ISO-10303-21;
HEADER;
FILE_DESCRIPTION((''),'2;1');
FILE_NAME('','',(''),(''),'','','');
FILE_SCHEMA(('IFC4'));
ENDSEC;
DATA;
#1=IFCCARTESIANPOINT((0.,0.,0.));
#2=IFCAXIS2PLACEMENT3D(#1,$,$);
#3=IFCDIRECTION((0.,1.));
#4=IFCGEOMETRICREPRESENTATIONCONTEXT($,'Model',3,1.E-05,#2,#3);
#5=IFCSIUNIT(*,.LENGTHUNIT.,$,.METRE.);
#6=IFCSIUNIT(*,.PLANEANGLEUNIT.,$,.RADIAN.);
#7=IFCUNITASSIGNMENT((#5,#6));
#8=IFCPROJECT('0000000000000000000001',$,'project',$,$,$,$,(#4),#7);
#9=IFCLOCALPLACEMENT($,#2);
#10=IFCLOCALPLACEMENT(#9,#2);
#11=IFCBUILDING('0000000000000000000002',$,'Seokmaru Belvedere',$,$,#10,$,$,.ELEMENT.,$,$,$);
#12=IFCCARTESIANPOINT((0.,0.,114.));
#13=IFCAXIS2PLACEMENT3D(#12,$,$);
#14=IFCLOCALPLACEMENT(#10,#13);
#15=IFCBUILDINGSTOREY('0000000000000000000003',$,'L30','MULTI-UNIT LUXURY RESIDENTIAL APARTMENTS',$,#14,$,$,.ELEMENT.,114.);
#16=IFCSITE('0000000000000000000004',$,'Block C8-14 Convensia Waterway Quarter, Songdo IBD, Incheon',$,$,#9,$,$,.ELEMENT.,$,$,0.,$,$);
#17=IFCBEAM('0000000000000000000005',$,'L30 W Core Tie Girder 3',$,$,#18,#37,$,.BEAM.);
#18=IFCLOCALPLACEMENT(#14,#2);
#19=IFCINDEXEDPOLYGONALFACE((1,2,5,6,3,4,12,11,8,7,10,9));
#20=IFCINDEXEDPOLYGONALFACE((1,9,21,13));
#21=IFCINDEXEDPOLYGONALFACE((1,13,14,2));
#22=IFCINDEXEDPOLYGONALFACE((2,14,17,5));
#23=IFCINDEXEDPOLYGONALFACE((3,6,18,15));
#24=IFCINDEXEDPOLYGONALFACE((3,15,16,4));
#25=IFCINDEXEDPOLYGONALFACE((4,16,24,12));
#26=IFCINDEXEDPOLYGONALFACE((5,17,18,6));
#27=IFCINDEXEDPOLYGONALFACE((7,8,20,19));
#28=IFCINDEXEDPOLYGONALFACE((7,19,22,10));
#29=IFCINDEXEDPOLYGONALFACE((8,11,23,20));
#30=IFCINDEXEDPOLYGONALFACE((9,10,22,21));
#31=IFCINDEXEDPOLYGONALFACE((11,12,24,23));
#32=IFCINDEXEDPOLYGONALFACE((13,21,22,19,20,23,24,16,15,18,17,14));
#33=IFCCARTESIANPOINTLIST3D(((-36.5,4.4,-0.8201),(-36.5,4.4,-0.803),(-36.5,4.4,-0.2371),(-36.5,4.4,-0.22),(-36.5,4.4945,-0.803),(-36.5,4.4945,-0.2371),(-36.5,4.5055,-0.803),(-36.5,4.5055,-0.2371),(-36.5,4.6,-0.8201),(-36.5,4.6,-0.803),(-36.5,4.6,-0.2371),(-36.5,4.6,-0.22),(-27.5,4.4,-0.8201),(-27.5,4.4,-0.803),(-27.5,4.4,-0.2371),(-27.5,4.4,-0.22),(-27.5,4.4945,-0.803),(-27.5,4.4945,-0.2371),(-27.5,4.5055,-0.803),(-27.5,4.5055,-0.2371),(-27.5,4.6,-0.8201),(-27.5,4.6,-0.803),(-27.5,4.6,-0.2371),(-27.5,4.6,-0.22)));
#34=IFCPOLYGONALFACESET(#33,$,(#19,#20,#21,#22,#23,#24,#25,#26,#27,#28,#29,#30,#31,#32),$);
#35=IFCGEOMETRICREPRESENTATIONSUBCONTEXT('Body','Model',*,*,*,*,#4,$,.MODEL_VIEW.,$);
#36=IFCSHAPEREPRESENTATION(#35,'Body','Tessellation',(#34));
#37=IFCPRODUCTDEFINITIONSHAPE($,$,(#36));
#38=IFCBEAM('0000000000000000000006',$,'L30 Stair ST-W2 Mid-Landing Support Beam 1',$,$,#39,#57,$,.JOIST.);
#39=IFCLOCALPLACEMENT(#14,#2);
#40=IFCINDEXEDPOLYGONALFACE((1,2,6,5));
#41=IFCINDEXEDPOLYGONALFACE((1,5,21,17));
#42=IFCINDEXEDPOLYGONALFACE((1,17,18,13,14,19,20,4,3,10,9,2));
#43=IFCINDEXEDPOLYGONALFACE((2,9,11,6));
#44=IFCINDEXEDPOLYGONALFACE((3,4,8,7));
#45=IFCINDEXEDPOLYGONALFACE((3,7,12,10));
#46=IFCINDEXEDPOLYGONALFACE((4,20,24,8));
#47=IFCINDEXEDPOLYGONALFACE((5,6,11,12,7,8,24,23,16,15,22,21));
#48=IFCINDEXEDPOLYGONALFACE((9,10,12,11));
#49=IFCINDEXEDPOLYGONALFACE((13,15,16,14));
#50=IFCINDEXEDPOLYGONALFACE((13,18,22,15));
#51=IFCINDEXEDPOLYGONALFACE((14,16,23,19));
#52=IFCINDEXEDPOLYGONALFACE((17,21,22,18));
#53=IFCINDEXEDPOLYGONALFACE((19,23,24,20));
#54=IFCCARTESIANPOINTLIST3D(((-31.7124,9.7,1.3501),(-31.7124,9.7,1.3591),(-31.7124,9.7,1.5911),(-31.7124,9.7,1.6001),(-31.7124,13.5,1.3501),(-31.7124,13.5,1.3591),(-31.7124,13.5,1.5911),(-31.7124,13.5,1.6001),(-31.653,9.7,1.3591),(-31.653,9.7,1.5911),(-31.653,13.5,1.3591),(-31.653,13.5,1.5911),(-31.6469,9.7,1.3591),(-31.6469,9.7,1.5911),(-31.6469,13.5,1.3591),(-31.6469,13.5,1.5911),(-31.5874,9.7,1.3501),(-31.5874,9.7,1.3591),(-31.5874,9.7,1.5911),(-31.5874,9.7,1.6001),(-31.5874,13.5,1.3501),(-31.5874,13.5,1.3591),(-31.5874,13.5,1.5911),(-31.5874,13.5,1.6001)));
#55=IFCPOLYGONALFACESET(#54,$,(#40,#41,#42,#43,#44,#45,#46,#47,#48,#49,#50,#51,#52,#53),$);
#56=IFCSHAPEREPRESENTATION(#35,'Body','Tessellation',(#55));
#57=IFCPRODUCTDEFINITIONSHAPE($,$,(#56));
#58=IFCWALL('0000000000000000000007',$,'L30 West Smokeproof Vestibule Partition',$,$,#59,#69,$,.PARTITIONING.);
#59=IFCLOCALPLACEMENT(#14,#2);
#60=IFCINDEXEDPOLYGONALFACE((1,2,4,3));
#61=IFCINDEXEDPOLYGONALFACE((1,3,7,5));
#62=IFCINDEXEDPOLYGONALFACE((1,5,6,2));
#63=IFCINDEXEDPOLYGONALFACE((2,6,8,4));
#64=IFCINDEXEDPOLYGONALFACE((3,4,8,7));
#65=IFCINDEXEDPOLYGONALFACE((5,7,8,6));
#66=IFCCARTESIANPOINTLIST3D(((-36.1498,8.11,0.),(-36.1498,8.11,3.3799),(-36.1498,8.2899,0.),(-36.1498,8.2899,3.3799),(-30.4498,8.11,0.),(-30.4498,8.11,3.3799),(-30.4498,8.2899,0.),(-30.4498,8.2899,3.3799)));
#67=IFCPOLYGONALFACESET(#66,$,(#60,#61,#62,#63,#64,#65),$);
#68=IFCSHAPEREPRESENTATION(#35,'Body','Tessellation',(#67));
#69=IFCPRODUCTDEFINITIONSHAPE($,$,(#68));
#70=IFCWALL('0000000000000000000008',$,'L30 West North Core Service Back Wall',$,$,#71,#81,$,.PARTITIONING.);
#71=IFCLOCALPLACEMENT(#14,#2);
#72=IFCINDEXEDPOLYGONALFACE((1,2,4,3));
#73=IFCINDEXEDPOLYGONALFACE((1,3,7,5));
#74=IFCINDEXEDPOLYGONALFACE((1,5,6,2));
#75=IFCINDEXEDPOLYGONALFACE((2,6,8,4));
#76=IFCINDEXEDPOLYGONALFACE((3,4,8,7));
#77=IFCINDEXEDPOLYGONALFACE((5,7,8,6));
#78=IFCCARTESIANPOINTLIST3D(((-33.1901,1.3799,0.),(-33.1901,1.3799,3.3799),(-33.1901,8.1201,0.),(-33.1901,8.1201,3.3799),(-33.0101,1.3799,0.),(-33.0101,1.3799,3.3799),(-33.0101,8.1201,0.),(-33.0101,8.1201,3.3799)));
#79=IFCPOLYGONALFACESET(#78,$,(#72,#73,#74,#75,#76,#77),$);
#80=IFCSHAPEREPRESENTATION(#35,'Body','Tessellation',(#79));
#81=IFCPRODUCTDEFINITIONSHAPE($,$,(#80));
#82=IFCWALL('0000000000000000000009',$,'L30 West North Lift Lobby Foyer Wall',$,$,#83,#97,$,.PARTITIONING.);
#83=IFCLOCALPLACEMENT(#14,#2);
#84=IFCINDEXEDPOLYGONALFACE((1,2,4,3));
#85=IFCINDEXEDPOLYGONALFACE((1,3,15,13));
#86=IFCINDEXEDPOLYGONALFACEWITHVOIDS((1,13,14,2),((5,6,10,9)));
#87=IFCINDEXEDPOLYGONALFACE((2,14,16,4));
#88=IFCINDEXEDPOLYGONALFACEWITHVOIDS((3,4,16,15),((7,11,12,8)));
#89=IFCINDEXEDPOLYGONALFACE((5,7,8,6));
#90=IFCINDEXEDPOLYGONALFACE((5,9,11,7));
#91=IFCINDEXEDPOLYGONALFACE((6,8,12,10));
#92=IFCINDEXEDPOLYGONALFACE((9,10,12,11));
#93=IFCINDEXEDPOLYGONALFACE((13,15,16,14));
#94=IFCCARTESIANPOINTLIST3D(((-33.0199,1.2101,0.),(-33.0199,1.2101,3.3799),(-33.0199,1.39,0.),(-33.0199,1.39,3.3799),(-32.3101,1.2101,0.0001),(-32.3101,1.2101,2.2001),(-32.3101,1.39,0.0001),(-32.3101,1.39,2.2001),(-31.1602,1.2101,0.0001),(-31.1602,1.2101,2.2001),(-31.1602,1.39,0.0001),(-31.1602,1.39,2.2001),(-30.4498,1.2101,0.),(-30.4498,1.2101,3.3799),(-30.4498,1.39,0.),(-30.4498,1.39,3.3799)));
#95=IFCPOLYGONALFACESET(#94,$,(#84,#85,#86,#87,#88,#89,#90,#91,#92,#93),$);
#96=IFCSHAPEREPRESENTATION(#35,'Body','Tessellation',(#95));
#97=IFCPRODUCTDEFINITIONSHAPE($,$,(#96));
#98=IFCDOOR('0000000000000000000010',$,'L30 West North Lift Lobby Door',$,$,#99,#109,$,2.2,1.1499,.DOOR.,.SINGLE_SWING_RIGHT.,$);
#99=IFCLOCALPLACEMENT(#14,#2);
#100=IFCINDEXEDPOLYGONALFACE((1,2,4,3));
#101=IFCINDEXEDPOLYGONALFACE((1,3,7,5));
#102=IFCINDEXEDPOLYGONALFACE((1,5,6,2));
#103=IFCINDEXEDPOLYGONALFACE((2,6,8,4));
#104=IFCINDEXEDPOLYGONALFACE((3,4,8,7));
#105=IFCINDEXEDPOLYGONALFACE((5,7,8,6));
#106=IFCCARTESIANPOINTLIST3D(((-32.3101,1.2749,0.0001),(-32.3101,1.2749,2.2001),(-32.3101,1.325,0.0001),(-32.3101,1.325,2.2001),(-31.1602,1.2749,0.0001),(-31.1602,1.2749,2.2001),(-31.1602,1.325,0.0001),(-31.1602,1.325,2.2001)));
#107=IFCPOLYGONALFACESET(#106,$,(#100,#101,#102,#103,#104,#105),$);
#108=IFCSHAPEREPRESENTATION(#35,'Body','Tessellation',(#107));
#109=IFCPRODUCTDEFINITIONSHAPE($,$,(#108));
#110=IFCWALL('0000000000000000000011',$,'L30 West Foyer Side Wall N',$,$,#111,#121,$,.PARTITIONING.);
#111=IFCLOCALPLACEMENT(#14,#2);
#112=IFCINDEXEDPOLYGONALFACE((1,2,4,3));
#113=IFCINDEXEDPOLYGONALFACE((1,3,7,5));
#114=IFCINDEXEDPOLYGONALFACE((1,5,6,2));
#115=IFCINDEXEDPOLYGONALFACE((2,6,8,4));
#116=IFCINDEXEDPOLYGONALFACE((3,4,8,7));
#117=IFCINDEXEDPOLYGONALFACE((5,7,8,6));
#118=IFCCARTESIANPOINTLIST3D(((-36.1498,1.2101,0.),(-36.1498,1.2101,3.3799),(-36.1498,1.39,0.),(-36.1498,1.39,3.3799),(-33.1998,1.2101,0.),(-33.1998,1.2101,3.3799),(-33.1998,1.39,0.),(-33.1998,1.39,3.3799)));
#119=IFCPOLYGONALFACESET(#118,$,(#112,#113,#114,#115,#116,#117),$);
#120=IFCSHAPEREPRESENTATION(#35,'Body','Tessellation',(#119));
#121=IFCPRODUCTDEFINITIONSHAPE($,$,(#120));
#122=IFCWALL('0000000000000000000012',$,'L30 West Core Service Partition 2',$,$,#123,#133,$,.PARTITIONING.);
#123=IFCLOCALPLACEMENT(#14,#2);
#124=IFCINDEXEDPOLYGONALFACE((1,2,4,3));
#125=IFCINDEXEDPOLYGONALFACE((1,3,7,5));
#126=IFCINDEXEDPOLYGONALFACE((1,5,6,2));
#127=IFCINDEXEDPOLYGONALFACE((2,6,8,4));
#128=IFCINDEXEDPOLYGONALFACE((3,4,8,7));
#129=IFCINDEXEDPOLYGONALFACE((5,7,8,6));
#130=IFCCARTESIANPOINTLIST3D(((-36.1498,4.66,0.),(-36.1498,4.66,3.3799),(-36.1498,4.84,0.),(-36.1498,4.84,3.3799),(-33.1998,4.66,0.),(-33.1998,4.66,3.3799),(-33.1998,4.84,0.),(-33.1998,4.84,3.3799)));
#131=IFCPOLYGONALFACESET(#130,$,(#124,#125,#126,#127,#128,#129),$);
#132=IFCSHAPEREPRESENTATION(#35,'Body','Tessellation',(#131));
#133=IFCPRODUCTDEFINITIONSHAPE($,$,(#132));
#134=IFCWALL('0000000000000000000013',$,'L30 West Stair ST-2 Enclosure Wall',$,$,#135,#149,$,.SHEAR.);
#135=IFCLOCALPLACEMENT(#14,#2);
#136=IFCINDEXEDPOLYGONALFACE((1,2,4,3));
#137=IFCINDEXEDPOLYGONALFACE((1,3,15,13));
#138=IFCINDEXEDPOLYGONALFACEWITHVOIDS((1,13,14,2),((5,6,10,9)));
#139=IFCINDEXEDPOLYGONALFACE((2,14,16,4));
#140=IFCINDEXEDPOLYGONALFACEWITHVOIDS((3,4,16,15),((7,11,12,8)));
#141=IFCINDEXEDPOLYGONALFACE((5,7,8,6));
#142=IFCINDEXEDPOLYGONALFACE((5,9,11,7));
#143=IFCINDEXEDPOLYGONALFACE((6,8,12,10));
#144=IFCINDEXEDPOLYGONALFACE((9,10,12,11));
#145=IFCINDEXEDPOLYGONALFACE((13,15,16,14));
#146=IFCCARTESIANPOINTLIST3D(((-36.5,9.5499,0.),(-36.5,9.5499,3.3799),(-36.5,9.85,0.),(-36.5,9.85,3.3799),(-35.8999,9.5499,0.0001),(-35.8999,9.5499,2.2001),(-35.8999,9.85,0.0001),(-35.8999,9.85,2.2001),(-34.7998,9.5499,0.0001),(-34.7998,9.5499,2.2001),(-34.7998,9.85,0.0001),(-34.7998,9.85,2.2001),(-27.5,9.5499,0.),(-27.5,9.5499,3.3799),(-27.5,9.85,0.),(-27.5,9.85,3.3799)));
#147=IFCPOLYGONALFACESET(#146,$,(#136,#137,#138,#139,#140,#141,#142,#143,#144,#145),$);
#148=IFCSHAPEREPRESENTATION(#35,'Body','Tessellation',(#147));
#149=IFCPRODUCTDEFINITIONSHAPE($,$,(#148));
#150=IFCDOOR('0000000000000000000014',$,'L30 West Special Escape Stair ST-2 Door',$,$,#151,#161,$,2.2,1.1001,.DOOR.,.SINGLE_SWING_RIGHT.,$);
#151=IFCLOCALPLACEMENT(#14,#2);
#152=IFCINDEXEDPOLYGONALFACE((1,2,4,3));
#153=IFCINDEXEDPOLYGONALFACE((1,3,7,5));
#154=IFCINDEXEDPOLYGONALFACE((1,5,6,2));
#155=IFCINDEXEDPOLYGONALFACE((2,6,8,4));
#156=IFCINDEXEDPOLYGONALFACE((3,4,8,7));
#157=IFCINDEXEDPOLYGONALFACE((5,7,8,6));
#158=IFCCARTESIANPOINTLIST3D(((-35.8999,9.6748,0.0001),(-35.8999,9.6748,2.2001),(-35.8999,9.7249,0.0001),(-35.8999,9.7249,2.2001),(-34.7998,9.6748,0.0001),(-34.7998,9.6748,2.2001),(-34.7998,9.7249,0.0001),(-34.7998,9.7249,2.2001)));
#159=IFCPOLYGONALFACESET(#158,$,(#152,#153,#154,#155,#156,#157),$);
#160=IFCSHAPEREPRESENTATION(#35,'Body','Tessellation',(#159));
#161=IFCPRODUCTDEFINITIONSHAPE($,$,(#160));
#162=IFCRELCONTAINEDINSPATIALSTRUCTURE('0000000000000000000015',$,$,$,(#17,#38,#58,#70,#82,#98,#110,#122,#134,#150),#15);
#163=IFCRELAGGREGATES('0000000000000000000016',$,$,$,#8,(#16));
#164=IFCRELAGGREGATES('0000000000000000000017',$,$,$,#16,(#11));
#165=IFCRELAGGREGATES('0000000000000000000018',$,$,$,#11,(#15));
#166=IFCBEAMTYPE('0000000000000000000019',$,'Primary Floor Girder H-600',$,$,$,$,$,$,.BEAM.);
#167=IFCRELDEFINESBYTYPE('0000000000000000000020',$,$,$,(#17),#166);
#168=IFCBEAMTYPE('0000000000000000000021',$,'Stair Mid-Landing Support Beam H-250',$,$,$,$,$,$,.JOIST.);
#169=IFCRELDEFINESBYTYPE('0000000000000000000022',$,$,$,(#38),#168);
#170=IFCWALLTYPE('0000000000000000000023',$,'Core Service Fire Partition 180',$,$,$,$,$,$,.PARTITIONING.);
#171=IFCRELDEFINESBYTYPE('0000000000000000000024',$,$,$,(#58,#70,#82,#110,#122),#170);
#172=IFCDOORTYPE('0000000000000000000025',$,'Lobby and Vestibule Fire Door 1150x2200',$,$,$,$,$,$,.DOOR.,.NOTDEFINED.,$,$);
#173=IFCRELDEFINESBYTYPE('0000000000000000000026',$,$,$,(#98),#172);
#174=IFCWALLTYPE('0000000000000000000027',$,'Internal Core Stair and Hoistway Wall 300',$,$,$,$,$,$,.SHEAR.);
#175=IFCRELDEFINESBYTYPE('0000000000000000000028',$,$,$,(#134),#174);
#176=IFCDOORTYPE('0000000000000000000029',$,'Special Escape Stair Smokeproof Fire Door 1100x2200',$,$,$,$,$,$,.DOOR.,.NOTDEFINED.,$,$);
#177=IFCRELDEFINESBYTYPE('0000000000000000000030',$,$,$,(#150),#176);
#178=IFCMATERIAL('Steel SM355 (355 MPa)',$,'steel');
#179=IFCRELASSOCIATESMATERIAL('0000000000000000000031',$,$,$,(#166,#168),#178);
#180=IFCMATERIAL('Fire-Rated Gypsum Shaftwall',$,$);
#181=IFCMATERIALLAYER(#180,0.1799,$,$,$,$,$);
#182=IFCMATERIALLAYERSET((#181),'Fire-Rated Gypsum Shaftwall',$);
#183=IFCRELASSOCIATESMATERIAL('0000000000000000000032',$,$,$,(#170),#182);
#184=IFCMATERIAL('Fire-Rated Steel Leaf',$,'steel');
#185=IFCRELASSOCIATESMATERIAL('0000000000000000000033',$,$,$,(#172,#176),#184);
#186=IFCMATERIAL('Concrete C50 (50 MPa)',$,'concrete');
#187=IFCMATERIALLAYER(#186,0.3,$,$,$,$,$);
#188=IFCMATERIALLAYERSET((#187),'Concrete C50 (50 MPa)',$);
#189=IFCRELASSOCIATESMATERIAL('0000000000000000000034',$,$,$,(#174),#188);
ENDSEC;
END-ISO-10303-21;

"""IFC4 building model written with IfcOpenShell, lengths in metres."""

from ifc_helpers import new_model, si_unit, direction, frame, frame_2d, origin, origin_2d, place, context, subcontext, project, spatial, rectangle, i_section, extrude, source, transform, mapped, material, layer, layer_set, material_profile, profile_set, type_object, type_shapes, element, fill, save


model = new_model("IFC4")

# Units and contexts
model_context = context("Model", 3, precision=1e-05, world=origin(), true_north=direction((0.0, 1.0)))
body_context = subcontext(model_context, "Body", "Model", "MODEL_VIEW")
ifc_project = project(units=[si_unit("LENGTHUNIT", "METRE"), si_unit("PLANEANGLEUNIT", "RADIAN")], contexts=[model_context])

# Site, building, storey
site_placement = place(None, origin())
site = spatial("IfcSite", under=ifc_project, at=site_placement, Name="Block C8-14 Convensia Waterway Quarter, Songdo IBD, Incheon", CompositionType="ELEMENT", RefElevation=0.0)
building_placement = place(site_placement, origin())
building = spatial("IfcBuilding", under=site, at=building_placement, Name="Seokmaru Belvedere", CompositionType="ELEMENT")
storey_placement = place(building_placement, frame((0.0, 0.0, 114.0)))
storey = spatial("IfcBuildingStorey", under=building, at=storey_placement, Name="L30", Description="MULTI-UNIT LUXURY RESIDENTIAL APARTMENTS", CompositionType="ELEMENT", Elevation=114.0)

# Beams
ifc_material_1 = material(Name="Steel SM355 (355 MPa)", Category="steel")
ifc_material_profile_1 = material_profile(ifc_material_1, i_section(OverallWidth=0.2, OverallDepth=0.6001, WebThickness=0.011, FlangeThickness=0.0171, at=origin_2d()), Name="H-600x200x11x17")
ifc_profile_set_1 = profile_set([ifc_material_profile_1], Name="Steel SM355 (355 MPa)")
beam_type_1 = type_object("IfcBeamType", Name="Primary Floor Girder H-600", PredefinedType="BEAM", material=ifc_profile_set_1)
shared_shape_1 = source(origin(), body_context, "Body", "SweptSolid", [
    extrude(i_section(OverallWidth=0.2, OverallDepth=0.6001, WebThickness=0.011, FlangeThickness=0.0171, at=origin_2d()), origin(), (0.0, 0.0, 1.0), 9.0),
])
type_shapes(beam_type_1, [shared_shape_1])
beam_1_placement = place(storey_placement, frame((-36.5, 4.5, -0.52), z_axis=(1.0, 0.0, 0.0), x_axis=(0.0, 1.0, 0.0)))
element("IfcBeam", 1, at=beam_1_placement, inside=storey, type_object=beam_type_1, Name="L30 W Core Tie Girder 3", PredefinedType="BEAM", context=body_context, shape_type="MappedRepresentation", body=[
    mapped(shared_shape_1, transform((0.0, 0.0, 0.0), scale=1.0)),
])
ifc_material_profile_2 = material_profile(ifc_material_1, i_section(OverallWidth=0.125, OverallDepth=0.25, WebThickness=0.0061, FlangeThickness=0.009, at=origin_2d()), Name="H-250x125x6x9")
ifc_profile_set_2 = profile_set([ifc_material_profile_2], Name="Steel SM355 (355 MPa)")
beam_type_2 = type_object("IfcBeamType", Name="Stair Mid-Landing Support Beam H-250", PredefinedType="JOIST", material=ifc_profile_set_2)
shared_shape_2 = source(origin(), body_context, "Body", "SweptSolid", [
    extrude(i_section(OverallWidth=0.125, OverallDepth=0.25, WebThickness=0.0061, FlangeThickness=0.009, at=origin_2d()), origin(), (0.0, 0.0, 1.0), 3.8),
])
type_shapes(beam_type_2, [shared_shape_2])
beam_2_placement = place(storey_placement, frame((-31.6499, 9.7, 1.4751), z_axis=(0.0, 1.0, 0.0), x_axis=(-1.0, 0.0, 0.0)))
element("IfcBeam", 2, at=beam_2_placement, inside=storey, type_object=beam_type_2, Name="L30 Stair ST-W2 Mid-Landing Support Beam 1", PredefinedType="JOIST", context=body_context, shape_type="MappedRepresentation", body=[
    mapped(shared_shape_2, transform((0.0, 0.0, 0.0), scale=1.0)),
])

# Walls
ifc_material_2 = material(Name="Fire-Rated Gypsum Shaftwall")
ifc_layer_1 = layer(ifc_material_2, 0.1799)
ifc_layer_set_1 = layer_set([ifc_layer_1], Name="Fire-Rated Gypsum Shaftwall")
wall_type_1 = type_object("IfcWallType", Name="Core Service Fire Partition 180", PredefinedType="PARTITIONING", material=ifc_layer_set_1)
wall_1_placement = place(storey_placement, frame((-36.1499, 8.2, 0.0), z_axis=(0.0, 0.0, 1.0), x_axis=(1.0, 0.0, 0.0)))
element("IfcWall", 3, at=wall_1_placement, inside=storey, type_object=wall_type_1, Name="L30 West Smokeproof Vestibule Partition", PredefinedType="PARTITIONING", context=body_context, shape_type="SweptSolid", body=[
    extrude(rectangle(XDim=5.7, YDim=0.1799, at=frame_2d((2.8501, 0.0))), origin(), (0.0, 0.0, 1.0), 3.3799),
])
wall_2_placement = place(storey_placement, frame((-33.1001, 1.3799, 0.0), z_axis=(0.0, 0.0, 1.0), x_axis=(0.0, 1.0, 0.0)))
element("IfcWall", 4, at=wall_2_placement, inside=storey, type_object=wall_type_1, Name="L30 West North Core Service Back Wall", PredefinedType="PARTITIONING", context=body_context, shape_type="SweptSolid", body=[
    extrude(rectangle(XDim=6.7402, YDim=0.1799, at=frame_2d((3.3701, 0.0))), origin(), (0.0, 0.0, 1.0), 3.3799),
])

# Wall, opening, door
wall_3_placement = place(storey_placement, frame((-33.02, 1.3, 0.0), z_axis=(0.0, 0.0, 1.0), x_axis=(1.0, 0.0, 0.0)))
wall_3 = element("IfcWall", 5, at=wall_3_placement, inside=storey, type_object=wall_type_1, Name="L30 West North Lift Lobby Foyer Wall", PredefinedType="PARTITIONING", context=body_context, shape_type="SweptSolid", body=[
    extrude(rectangle(XDim=2.5701, YDim=0.1799, at=frame_2d((1.2852, 0.0))), origin(), (0.0, 0.0, 1.0), 3.3799),
])
opening_1_placement = place(wall_3_placement, frame((0.71, 0.0, 0.0)))
opening_1 = element("IfcOpeningElement", 6, at=opening_1_placement, cuts=wall_3, PredefinedType="OPENING", context=body_context, shape_type="SweptSolid", body=[
    extrude(rectangle(XDim=1.1499, YDim=2.2, at=frame_2d((0.575, 1.1001))), frame((0.0, 0.1001, 0.0), z_axis=(0.0, -1.0, 0.0), x_axis=(1.0, 0.0, 0.0)), (0.0, 0.0, 1.0), 0.2),
])
ifc_material_3 = material(Name="Fire-Rated Steel Leaf", Category="steel")
door_type_1 = type_object("IfcDoorType", Name="Lobby and Vestibule Fire Door 1150x2200", OperationType="NOTDEFINED", PredefinedType="DOOR", material=ifc_material_3)
shared_shape_3 = source(origin(), body_context, "Body", "SweptSolid", [
    extrude(rectangle(XDim=1.1499, YDim=2.2, at=frame_2d((0.575, 1.1001))), frame((0.0, 0.0249, 0.0), z_axis=(0.0, -1.0, 0.0), x_axis=(1.0, 0.0, 0.0)), (0.0, 0.0, 1.0), 0.05),
])
type_shapes(door_type_1, [shared_shape_3])
door_1_placement = place(opening_1_placement, origin())
door_1 = element("IfcDoor", 7, at=door_1_placement, inside=storey, type_object=door_type_1, Name="L30 West North Lift Lobby Door", OperationType="SINGLE_SWING_RIGHT", OverallHeight=2.2, OverallWidth=1.1499, PredefinedType="DOOR", context=body_context, shape_type="MappedRepresentation", body=[
    mapped(shared_shape_3, transform((0.0, 0.0, 0.0), scale=1.0)),
])
fill(opening_1, door_1)

# Walls
for number, where, z_axis, x_axis, name in (
    (8, (-36.1499, 1.3, 0.0), (0.0, 0.0, 1.0), (1.0, 0.0, 0.0), "L30 West Foyer Side Wall N"),
    (9, (-36.1499, 4.75, 0.0), (0.0, 0.0, 1.0), (1.0, 0.0, 0.0), "L30 West Core Service Partition 2"),
):
    element("IfcWall", number, at=place(storey_placement, frame(where, z_axis=z_axis, x_axis=x_axis)), inside=storey, type_object=wall_type_1, Name=name, PredefinedType="PARTITIONING", context=body_context, shape_type="SweptSolid", body=[
        extrude(rectangle(XDim=2.95, YDim=0.1799, at=frame_2d((1.4751, 0.0))), origin(), (0.0, 0.0, 1.0), 3.3799),
    ])

# Wall, opening, door
ifc_material_4 = material(Name="Concrete C50 (50 MPa)", Category="concrete")
ifc_layer_2 = layer(ifc_material_4, 0.3)
ifc_layer_set_2 = layer_set([ifc_layer_2], Name="Concrete C50 (50 MPa)")
wall_type_2 = type_object("IfcWallType", Name="Internal Core Stair and Hoistway Wall 300", PredefinedType="SHEAR", material=ifc_layer_set_2)
wall_4_placement = place(storey_placement, frame((-36.5, 9.7, 0.0), z_axis=(0.0, 0.0, 1.0), x_axis=(1.0, 0.0, 0.0)))
wall_4 = element("IfcWall", 10, at=wall_4_placement, inside=storey, type_object=wall_type_2, Name="L30 West Stair ST-2 Enclosure Wall", PredefinedType="SHEAR", context=body_context, shape_type="SweptSolid", body=[
    extrude(rectangle(XDim=9.0, YDim=0.3, at=frame_2d((4.5, 0.0))), origin(), (0.0, 0.0, 1.0), 3.3799),
])
opening_2_placement = place(wall_4_placement, frame((0.6001, 0.0, 0.0)))
opening_2 = element("IfcOpeningElement", 11, at=opening_2_placement, cuts=wall_4, PredefinedType="OPENING", context=body_context, shape_type="SweptSolid", body=[
    extrude(rectangle(XDim=1.1001, YDim=2.2, at=frame_2d((0.55, 1.1001))), frame((0.0, 0.1602, 0.0), z_axis=(0.0, -1.0, 0.0), x_axis=(1.0, 0.0, 0.0)), (0.0, 0.0, 1.0), 0.3201),
])
door_type_2 = type_object("IfcDoorType", Name="Special Escape Stair Smokeproof Fire Door 1100x2200", OperationType="NOTDEFINED", PredefinedType="DOOR", material=ifc_material_3)
shared_shape_4 = source(origin(), body_context, "Body", "SweptSolid", [
    extrude(rectangle(XDim=1.1001, YDim=2.2, at=frame_2d((0.55, 1.1001))), frame((0.0, 0.0249, 0.0), z_axis=(0.0, -1.0, 0.0), x_axis=(1.0, 0.0, 0.0)), (0.0, 0.0, 1.0), 0.05),
])
type_shapes(door_type_2, [shared_shape_4])
door_2_placement = place(opening_2_placement, origin())
door_2 = element("IfcDoor", 12, at=door_2_placement, inside=storey, type_object=door_type_2, Name="L30 West Special Escape Stair ST-2 Door", OperationType="SINGLE_SWING_RIGHT", OverallHeight=2.2, OverallWidth=1.1001, PredefinedType="DOOR", context=body_context, shape_type="MappedRepresentation", body=[
    mapped(shared_shape_4, transform((0.0, 0.0, 0.0), scale=1.0)),
])
fill(opening_2, door_2)

save(model, "model.ifc")
